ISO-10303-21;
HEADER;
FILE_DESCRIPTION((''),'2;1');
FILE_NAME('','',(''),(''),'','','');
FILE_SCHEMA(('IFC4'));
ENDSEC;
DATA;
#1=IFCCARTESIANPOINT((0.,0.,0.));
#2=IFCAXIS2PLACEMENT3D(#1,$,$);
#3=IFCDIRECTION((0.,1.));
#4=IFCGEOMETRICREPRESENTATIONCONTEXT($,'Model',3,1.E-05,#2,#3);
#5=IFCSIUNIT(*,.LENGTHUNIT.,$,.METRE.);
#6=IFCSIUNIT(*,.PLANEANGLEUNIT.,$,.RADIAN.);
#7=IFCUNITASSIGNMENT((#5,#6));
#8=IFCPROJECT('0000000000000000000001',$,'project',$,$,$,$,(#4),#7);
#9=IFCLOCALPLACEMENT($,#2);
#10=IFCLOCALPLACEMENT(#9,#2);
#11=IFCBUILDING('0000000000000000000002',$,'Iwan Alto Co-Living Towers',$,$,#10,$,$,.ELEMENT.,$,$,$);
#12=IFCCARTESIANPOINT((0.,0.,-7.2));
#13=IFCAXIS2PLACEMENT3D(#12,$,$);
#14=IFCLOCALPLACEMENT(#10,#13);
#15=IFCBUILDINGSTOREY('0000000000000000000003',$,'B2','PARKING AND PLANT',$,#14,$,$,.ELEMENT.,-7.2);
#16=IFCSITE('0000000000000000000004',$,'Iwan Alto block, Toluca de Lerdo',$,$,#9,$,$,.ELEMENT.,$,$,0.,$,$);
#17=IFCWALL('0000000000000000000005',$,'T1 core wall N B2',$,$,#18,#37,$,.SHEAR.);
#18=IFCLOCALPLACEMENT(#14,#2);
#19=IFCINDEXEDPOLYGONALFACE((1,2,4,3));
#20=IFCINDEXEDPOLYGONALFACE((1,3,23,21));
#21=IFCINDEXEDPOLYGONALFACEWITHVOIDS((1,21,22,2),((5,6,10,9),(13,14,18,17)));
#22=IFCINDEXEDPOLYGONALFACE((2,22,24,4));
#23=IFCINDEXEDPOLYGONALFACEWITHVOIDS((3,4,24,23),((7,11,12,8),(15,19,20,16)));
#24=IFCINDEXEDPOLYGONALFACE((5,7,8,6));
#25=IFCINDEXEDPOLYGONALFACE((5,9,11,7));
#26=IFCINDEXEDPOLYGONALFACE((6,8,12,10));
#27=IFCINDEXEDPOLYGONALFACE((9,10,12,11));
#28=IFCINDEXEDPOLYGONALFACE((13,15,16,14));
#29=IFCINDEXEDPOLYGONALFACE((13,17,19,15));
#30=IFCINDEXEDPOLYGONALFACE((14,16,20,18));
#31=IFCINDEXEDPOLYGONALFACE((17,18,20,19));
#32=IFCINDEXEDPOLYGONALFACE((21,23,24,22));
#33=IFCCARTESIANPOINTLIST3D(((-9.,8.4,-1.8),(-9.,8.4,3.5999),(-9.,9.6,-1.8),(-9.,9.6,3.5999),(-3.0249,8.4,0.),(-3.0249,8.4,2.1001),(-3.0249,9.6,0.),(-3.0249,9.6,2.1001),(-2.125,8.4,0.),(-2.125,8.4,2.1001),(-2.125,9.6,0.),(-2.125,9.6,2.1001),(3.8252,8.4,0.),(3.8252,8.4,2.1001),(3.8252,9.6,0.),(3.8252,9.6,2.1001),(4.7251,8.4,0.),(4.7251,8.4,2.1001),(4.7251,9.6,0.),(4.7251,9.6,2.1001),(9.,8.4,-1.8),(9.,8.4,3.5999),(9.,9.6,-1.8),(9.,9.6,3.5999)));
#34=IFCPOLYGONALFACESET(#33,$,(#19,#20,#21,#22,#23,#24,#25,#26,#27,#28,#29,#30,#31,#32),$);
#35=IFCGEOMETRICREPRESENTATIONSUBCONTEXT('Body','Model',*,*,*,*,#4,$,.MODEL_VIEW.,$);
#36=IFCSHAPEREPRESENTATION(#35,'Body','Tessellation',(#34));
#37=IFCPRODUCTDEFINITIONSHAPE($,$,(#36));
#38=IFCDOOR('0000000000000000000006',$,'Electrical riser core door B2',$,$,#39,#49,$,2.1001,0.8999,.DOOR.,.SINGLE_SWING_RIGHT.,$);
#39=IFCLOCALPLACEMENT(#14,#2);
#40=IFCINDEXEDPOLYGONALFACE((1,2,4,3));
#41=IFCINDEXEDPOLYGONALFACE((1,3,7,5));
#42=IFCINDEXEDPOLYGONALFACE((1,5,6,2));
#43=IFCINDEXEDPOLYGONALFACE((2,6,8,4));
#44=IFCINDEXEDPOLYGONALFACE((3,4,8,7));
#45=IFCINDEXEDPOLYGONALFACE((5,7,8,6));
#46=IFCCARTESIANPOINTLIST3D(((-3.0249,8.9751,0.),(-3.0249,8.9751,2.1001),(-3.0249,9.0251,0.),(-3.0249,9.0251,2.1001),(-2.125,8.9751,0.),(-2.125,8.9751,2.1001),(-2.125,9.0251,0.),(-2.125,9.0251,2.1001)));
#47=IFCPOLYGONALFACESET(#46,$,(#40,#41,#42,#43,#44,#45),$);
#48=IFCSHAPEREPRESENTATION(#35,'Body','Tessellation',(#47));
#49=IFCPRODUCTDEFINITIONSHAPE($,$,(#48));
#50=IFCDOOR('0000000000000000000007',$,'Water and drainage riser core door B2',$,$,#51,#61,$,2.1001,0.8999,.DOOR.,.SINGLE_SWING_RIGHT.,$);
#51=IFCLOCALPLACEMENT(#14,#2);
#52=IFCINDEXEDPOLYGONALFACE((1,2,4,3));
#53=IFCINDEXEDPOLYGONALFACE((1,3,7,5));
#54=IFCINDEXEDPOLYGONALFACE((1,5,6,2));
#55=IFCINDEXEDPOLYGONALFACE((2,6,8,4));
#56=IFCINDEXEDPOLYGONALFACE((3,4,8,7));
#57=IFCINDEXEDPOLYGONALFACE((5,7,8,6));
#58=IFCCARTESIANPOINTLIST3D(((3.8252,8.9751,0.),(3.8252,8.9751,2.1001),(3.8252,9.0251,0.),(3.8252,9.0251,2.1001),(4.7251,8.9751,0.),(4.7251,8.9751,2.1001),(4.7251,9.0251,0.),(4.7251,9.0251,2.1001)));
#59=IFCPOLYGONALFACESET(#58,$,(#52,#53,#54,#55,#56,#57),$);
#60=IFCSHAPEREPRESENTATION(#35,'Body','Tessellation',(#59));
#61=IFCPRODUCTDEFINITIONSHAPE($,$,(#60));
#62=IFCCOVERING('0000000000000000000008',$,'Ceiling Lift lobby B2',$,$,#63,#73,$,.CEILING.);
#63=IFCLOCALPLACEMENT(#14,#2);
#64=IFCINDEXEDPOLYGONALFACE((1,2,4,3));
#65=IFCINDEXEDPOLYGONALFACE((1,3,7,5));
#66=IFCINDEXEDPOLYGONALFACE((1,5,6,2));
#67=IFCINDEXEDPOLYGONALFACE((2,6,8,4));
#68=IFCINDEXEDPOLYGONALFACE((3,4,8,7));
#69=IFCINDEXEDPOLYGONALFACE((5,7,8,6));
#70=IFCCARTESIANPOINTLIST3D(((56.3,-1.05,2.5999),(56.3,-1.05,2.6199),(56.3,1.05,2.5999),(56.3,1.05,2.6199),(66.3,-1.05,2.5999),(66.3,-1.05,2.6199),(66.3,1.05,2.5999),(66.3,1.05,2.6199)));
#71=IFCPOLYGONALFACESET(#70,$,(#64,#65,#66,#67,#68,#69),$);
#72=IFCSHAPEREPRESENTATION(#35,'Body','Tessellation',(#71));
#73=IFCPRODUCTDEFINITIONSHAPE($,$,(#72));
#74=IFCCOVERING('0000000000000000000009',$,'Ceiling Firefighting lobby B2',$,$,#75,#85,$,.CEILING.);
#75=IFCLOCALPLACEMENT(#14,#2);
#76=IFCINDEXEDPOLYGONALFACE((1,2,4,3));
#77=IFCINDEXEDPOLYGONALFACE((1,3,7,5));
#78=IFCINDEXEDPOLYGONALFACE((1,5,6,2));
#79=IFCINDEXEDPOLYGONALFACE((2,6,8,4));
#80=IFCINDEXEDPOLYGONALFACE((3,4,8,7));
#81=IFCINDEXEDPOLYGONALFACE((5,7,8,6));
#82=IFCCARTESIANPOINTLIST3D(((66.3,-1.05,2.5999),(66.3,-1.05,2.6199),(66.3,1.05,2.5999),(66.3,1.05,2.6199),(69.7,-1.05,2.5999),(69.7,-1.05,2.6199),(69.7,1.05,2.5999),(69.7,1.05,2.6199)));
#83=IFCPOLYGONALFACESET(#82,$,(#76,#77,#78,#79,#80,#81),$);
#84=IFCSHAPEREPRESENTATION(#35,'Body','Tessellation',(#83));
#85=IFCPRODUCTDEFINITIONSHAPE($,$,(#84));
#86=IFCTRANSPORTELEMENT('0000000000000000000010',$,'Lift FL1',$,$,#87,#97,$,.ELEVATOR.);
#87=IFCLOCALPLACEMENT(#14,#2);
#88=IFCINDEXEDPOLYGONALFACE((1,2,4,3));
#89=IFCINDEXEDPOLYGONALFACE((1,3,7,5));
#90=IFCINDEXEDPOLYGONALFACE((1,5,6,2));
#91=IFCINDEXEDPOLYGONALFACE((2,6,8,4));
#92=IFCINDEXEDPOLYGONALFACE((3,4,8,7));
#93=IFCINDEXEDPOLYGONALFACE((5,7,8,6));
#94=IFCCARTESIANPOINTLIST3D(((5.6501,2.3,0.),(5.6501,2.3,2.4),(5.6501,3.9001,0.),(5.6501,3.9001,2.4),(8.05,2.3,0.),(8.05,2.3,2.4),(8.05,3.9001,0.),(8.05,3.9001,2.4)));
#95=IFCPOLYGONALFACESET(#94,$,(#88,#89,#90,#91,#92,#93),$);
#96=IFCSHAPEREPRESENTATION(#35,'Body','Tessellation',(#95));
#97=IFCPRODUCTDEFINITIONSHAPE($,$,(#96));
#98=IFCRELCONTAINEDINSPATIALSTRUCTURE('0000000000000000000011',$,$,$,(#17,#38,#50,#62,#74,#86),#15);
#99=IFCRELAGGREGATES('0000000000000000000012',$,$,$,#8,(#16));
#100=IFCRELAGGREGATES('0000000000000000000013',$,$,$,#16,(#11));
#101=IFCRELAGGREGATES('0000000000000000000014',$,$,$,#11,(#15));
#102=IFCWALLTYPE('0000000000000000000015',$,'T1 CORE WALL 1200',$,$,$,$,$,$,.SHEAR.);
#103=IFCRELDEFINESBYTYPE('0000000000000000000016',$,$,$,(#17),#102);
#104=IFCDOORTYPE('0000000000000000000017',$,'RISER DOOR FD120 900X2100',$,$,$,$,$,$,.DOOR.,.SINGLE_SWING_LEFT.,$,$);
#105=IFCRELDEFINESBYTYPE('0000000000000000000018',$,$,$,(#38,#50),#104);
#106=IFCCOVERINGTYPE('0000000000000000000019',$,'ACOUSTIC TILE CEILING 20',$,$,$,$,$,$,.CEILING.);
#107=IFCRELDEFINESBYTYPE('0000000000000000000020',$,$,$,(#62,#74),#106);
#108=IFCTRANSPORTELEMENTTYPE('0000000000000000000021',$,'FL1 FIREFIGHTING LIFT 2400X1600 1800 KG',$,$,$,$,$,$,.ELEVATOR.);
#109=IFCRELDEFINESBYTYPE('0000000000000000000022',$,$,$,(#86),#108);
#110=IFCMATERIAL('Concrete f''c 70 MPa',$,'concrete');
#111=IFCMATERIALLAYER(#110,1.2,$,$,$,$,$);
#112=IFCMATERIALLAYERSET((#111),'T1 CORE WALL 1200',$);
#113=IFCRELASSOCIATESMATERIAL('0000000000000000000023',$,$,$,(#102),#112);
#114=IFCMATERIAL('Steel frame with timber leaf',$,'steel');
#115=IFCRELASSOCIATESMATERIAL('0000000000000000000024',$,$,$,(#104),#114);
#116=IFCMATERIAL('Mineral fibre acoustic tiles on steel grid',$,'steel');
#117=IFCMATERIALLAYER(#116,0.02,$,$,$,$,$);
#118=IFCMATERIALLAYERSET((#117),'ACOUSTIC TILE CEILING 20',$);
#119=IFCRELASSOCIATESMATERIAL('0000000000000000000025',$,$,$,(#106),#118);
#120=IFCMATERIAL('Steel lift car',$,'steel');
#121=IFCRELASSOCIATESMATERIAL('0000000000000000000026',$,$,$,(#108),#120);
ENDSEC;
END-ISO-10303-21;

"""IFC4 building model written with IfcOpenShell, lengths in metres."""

from ifc_helpers import new_model, si_unit, direction, frame, frame_2d, origin, origin_2d, place, context, subcontext, project, spatial, polyline, rectangle, outline, extrude, material, layer, layer_set, type_object, element, fill, save


model = new_model("IFC4")

# Units and contexts
model_context = context("Model", 3, precision=1e-05, world=origin(), true_north=direction((0.0, 1.0)))
body_context = subcontext(model_context, "Body", "Model", "MODEL_VIEW")
ifc_project = project(units=[si_unit("LENGTHUNIT", "METRE"), si_unit("PLANEANGLEUNIT", "RADIAN")], contexts=[model_context])

# Site, building, storey
site_placement = place(None, origin())
site = spatial("IfcSite", under=ifc_project, at=site_placement, Name="Iwan Alto block, Toluca de Lerdo", CompositionType="ELEMENT", RefElevation=0.0)
building_placement = place(site_placement, origin())
building = spatial("IfcBuilding", under=site, at=building_placement, Name="Iwan Alto Co-Living Towers", CompositionType="ELEMENT")
storey_placement = place(building_placement, frame((0.0, 0.0, -7.2)))
storey = spatial("IfcBuildingStorey", under=building, at=storey_placement, Name="B2", Description="PARKING AND PLANT", CompositionType="ELEMENT", Elevation=-7.2)

# Wall, openings, doors
ifc_material_1 = material(Name="Concrete f'c 70 MPa", Category="concrete")
ifc_layer_1 = layer(ifc_material_1, 1.2)
ifc_layer_set_1 = layer_set([ifc_layer_1], Name="T1 CORE WALL 1200")
wall_type_1 = type_object("IfcWallType", Name="T1 CORE WALL 1200", PredefinedType="SHEAR", material=ifc_layer_set_1)
wall_1_placement = place(storey_placement, frame((9.0, 9.0, -1.8), z_axis=(0.0, 0.0, 1.0), x_axis=(-1.0, 0.0, 0.0)))
wall_1 = element("IfcWall", 1, at=wall_1_placement, inside=storey, type_object=wall_type_1, Name="T1 core wall N B2", PredefinedType="SHEAR", context=body_context, shape_type="SweptSolid", body=[
    extrude(rectangle(XDim=18.0, YDim=1.2, at=frame_2d((9.0, 0.0))), origin(), (0.0, 0.0, 1.0), 5.3999),
])
opening_1_placement = place(wall_1_placement, frame((11.125, 0.0, 1.8)))
opening_1 = element("IfcOpeningElement", 2, at=opening_1_placement, cuts=wall_1, PredefinedType="OPENING", context=body_context, shape_type="SweptSolid", body=[
    extrude(rectangle(XDim=0.8999, YDim=2.1001, at=frame_2d((0.45, 1.05))), frame((0.0, 0.6099, 0.0), z_axis=(0.0, -1.0, 0.0), x_axis=(1.0, 0.0, 0.0)), (0.0, 0.0, 1.0), 1.22),
])
opening_2_placement = place(wall_1_placement, frame((4.2749, 0.0, 1.8)))
opening_2 = element("IfcOpeningElement", 3, at=opening_2_placement, cuts=wall_1, PredefinedType="OPENING", context=body_context, shape_type="SweptSolid", body=[
    extrude(rectangle(XDim=0.8999, YDim=2.1001, at=frame_2d((0.45, 1.05))), frame((0.0, 0.6099, 0.0), z_axis=(0.0, -1.0, 0.0), x_axis=(1.0, 0.0, 0.0)), (0.0, 0.0, 1.0), 1.22),
])
ifc_material_2 = material(Name="Steel frame with timber leaf", Category="steel")
door_type = type_object("IfcDoorType", Name="RISER DOOR FD120 900X2100", OperationType="SINGLE_SWING_LEFT", PredefinedType="DOOR", material=ifc_material_2)
door_1_placement = place(opening_1_placement, origin())
door_1 = element("IfcDoor", 4, at=door_1_placement, inside=storey, type_object=door_type, Name="Electrical riser core door B2", OperationType="SINGLE_SWING_RIGHT", OverallHeight=2.1001, OverallWidth=0.8999, PredefinedType="DOOR", context=body_context, shape_type="SweptSolid", body=[
    extrude(rectangle(XDim=0.8999, YDim=2.1001, at=frame_2d((0.45, 1.05))), frame((0.0, 0.0249, 0.0), z_axis=(0.0, -1.0, 0.0), x_axis=(1.0, 0.0, 0.0)), (0.0, 0.0, 1.0), 0.05),
])
fill(opening_1, door_1)
door_2_placement = place(opening_2_placement, origin())
door_2 = element("IfcDoor", 5, at=door_2_placement, inside=storey, type_object=door_type, Name="Water and drainage riser core door B2", OperationType="SINGLE_SWING_RIGHT", OverallHeight=2.1001, OverallWidth=0.8999, PredefinedType="DOOR", context=body_context, shape_type="SweptSolid", body=[
    extrude(rectangle(XDim=0.8999, YDim=2.1001, at=frame_2d((0.45, 1.05))), frame((0.0, 0.0249, 0.0), z_axis=(0.0, -1.0, 0.0), x_axis=(1.0, 0.0, 0.0)), (0.0, 0.0, 1.0), 0.05),
])
fill(opening_2, door_2)

# Coverings
ifc_material_3 = material(Name="Mineral fibre acoustic tiles on steel grid", Category="steel")
ifc_layer_2 = layer(ifc_material_3, 0.02)
ifc_layer_set_2 = layer_set([ifc_layer_2], Name="ACOUSTIC TILE CEILING 20")
covering_type = type_object("IfcCoveringType", Name="ACOUSTIC TILE CEILING 20", PredefinedType="CEILING", material=ifc_layer_set_2)
covering_1_placement = place(storey_placement, frame((0.0, 0.0, 2.5999)))
element("IfcCovering", 6, at=covering_1_placement, inside=storey, type_object=covering_type, Name="Ceiling Lift lobby B2", PredefinedType="CEILING", context=body_context, shape_type="SweptSolid", body=[
    extrude(outline(polyline([(56.3, -1.05), (56.3, 1.05), (66.3, 1.05), (66.3, -1.05), (56.3, -1.05)])), origin(), (0.0, 0.0, 1.0), 0.02),
])
covering_2_placement = place(storey_placement, frame((0.0, 0.0, 2.5999)))
element("IfcCovering", 7, at=covering_2_placement, inside=storey, type_object=covering_type, Name="Ceiling Firefighting lobby B2", PredefinedType="CEILING", context=body_context, shape_type="SweptSolid", body=[
    extrude(outline(polyline([(66.3, -1.05), (66.3, 1.05), (69.7, 1.05), (69.7, -1.05), (66.3, -1.05)])), origin(), (0.0, 0.0, 1.0), 0.02),
])

# Transport element
ifc_material_4 = material(Name="Steel lift car", Category="steel")
transport_element_type = type_object("IfcTransportElementType", Name="FL1 FIREFIGHTING LIFT 2400X1600 1800 KG", PredefinedType="ELEVATOR", material=ifc_material_4)
transport_element_placement = place(storey_placement, frame((6.8501, 3.1001, 0.0), z_axis=(0.0, 0.0, 1.0), x_axis=(1.0, 0.0, 0.0)))
element("IfcTransportElement", 8, at=transport_element_placement, inside=storey, type_object=transport_element_type, Name="Lift FL1", PredefinedType="ELEVATOR", context=body_context, shape_type="SweptSolid", body=[
    extrude(rectangle(XDim=2.3999, YDim=1.6001, at=origin_2d()), origin(), (0.0, 0.0, 1.0), 2.4),
])

save(model, "model.ifc")
